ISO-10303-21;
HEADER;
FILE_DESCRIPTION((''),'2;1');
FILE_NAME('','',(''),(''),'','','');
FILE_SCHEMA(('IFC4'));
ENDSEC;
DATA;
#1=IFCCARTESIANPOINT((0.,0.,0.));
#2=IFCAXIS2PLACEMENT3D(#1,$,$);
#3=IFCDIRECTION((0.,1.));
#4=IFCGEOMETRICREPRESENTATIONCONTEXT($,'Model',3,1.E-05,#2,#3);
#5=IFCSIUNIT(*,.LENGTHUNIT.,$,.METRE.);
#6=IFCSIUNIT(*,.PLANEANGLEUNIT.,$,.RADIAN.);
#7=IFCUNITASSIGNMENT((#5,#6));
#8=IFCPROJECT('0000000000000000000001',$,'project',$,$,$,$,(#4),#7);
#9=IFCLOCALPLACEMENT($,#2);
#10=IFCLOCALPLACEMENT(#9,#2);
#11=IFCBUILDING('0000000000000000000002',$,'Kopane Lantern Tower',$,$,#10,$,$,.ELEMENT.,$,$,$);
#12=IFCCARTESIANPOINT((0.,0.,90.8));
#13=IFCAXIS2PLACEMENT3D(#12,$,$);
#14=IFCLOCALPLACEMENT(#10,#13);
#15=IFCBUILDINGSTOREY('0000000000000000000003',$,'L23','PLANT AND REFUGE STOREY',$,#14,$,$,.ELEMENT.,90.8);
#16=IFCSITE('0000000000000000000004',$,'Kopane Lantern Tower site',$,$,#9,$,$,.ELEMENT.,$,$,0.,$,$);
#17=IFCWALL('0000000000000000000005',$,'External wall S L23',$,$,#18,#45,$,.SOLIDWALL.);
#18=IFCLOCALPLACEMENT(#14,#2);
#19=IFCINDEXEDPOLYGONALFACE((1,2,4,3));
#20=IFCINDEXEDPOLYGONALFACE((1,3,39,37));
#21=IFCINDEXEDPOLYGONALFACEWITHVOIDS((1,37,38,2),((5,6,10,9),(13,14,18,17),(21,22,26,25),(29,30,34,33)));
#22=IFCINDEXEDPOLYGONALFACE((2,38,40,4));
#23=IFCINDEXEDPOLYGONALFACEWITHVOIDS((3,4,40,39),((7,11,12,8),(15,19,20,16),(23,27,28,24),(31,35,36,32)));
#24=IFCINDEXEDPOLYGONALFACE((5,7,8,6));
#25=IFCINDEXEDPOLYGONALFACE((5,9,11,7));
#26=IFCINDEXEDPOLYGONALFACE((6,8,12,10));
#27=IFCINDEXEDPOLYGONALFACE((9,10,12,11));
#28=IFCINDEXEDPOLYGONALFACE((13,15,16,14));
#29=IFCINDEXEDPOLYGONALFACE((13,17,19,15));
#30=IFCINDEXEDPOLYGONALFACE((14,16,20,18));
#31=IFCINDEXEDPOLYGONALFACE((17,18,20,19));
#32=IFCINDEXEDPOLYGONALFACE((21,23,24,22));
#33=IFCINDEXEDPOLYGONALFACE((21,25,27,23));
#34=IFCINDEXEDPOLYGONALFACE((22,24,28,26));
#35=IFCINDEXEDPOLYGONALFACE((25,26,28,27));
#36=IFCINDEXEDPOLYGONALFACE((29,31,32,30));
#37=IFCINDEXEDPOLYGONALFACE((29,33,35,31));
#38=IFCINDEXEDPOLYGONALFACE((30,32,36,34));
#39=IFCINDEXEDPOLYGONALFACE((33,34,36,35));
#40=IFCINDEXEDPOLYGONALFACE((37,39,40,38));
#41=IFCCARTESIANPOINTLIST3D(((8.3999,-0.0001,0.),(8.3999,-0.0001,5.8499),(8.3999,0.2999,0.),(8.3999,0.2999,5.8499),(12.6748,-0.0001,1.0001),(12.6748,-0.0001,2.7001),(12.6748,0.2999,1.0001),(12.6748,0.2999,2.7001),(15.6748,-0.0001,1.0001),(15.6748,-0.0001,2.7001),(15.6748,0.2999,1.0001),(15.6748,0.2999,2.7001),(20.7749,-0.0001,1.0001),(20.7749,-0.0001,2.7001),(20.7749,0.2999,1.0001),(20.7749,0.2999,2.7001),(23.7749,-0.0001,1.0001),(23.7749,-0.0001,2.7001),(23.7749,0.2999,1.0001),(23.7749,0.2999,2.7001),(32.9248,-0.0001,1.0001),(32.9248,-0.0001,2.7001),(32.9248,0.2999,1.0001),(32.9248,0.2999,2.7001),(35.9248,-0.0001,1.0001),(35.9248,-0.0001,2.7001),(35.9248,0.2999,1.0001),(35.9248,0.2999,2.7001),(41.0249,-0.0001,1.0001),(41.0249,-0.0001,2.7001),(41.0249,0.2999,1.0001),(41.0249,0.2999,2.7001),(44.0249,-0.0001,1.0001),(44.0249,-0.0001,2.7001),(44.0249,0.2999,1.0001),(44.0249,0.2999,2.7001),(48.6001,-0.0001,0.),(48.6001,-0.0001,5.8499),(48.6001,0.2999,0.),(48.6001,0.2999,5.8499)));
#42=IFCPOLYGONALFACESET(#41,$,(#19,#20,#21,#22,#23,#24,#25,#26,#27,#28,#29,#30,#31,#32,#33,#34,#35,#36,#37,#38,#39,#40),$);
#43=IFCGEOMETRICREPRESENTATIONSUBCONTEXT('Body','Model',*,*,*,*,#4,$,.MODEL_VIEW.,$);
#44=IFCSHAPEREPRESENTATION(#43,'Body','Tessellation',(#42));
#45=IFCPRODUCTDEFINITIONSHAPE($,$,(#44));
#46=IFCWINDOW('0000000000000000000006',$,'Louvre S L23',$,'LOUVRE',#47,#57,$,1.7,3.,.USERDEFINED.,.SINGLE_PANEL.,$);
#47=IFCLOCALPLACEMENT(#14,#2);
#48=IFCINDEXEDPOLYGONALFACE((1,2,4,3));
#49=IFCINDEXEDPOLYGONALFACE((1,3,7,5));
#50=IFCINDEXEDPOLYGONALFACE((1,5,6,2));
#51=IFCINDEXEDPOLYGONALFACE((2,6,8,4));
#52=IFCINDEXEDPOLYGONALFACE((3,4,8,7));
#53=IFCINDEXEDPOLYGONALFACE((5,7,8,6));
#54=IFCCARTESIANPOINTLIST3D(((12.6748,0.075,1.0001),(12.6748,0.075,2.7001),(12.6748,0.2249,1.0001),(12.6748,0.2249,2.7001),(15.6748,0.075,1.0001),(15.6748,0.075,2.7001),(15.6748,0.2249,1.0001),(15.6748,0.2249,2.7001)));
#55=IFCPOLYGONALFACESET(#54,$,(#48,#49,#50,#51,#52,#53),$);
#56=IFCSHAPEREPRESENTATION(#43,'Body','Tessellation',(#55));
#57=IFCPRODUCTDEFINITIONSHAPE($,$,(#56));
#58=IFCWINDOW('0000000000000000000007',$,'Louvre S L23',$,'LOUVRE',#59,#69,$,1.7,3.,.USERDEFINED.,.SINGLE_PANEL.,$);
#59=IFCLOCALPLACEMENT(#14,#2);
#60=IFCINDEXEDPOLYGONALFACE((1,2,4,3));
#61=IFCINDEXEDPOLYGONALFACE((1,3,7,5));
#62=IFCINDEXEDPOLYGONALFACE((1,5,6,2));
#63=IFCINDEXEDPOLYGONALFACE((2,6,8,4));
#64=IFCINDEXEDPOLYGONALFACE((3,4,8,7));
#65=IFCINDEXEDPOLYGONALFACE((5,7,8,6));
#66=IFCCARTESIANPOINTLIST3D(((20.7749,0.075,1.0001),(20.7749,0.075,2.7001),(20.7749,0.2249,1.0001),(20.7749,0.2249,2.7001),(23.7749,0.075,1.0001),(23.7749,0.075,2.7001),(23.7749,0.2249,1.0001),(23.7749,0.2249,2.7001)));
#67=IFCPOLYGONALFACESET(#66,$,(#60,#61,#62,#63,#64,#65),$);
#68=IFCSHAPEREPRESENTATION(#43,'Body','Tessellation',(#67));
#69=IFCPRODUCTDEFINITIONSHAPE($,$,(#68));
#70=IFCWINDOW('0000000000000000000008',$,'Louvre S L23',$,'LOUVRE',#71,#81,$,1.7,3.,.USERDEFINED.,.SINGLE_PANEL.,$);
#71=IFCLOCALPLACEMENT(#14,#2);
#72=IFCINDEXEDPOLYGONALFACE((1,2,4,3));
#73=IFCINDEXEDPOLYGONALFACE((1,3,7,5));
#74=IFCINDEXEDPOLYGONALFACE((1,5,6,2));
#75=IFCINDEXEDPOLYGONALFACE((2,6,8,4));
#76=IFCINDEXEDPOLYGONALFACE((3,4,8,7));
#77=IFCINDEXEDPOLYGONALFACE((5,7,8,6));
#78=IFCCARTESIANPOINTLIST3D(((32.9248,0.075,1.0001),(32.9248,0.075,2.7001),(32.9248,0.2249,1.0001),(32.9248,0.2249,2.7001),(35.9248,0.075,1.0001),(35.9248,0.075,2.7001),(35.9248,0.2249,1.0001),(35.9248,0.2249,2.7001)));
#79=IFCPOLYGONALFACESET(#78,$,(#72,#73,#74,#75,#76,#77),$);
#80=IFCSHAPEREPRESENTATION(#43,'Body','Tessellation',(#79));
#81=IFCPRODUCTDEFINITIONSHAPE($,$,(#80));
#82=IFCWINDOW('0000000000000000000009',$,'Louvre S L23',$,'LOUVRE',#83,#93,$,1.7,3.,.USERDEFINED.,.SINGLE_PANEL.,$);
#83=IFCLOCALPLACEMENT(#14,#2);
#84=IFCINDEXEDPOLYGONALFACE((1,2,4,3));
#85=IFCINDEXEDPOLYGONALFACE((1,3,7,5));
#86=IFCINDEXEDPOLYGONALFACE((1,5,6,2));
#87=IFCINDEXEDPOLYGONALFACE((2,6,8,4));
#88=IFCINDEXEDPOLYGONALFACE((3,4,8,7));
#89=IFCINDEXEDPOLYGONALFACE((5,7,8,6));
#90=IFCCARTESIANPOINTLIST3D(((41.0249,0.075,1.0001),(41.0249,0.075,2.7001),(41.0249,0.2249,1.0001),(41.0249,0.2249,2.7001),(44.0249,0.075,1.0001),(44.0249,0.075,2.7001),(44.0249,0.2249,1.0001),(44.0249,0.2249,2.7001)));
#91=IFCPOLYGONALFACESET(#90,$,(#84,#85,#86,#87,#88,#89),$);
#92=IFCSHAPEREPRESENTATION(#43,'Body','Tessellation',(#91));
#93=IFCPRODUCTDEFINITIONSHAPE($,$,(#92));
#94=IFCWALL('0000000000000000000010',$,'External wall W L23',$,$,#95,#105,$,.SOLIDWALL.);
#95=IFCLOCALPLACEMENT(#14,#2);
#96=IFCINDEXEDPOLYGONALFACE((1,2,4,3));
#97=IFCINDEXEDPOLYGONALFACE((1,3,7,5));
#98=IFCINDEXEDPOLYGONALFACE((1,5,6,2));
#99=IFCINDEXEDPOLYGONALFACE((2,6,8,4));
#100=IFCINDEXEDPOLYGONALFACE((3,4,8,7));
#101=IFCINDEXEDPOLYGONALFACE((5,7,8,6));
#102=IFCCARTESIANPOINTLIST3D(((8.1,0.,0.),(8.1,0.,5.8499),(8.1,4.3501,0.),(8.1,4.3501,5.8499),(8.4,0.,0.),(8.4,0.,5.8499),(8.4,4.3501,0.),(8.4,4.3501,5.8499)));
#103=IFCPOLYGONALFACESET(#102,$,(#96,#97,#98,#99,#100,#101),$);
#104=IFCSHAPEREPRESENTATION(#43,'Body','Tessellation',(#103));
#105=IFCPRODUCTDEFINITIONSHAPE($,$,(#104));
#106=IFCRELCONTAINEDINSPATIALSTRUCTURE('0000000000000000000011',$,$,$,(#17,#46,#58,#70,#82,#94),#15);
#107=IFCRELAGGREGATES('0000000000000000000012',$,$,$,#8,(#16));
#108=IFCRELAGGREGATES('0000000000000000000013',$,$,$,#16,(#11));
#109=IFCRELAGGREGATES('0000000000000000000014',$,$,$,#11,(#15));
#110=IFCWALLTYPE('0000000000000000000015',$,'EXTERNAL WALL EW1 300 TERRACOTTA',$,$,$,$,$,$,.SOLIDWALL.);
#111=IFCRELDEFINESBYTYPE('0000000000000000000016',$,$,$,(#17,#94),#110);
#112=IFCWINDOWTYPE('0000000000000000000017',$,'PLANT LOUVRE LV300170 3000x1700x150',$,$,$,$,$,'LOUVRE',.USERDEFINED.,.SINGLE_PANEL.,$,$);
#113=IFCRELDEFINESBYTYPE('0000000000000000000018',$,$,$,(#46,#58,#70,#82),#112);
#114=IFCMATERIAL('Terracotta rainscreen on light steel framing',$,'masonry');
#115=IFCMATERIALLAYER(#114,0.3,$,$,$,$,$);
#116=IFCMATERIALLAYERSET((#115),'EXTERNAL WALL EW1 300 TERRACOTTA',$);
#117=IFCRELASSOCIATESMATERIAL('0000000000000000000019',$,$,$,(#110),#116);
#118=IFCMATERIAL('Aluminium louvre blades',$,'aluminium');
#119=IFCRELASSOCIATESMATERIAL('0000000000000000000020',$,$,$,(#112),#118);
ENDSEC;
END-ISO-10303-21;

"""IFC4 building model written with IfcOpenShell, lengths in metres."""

from ifc_helpers import new_model, si_unit, direction, frame, frame_2d, origin, place, context, subcontext, project, spatial, rectangle, extrude, material, layer, layer_set, type_object, element, fill, save


model = new_model("IFC4")

# Units and contexts
model_context = context("Model", 3, precision=1e-05, world=origin(), true_north=direction((0.0, 1.0)))
body_context = subcontext(model_context, "Body", "Model", "MODEL_VIEW")
ifc_project = project(units=[si_unit("LENGTHUNIT", "METRE"), si_unit("PLANEANGLEUNIT", "RADIAN")], contexts=[model_context])

# Site, building, storey
site_placement = place(None, origin())
site = spatial("IfcSite", under=ifc_project, at=site_placement, Name="Kopane Lantern Tower site", CompositionType="ELEMENT", RefElevation=0.0)
building_placement = place(site_placement, origin())
building = spatial("IfcBuilding", under=site, at=building_placement, Name="Kopane Lantern Tower", CompositionType="ELEMENT")
storey_placement = place(building_placement, frame((0.0, 0.0, 90.8)))
storey = spatial("IfcBuildingStorey", under=building, at=storey_placement, Name="L23", Description="PLANT AND REFUGE STOREY", CompositionType="ELEMENT", Elevation=90.8)

# Wall, openings, windows
ifc_material_1 = material(Name="Terracotta rainscreen on light steel framing", Category="masonry")
ifc_layer_1 = layer(ifc_material_1, 0.3)
ifc_layer_set_1 = layer_set([ifc_layer_1], Name="EXTERNAL WALL EW1 300 TERRACOTTA")
wall_type_1 = type_object("IfcWallType", Name="EXTERNAL WALL EW1 300 TERRACOTTA", PredefinedType="SOLIDWALL", material=ifc_layer_set_1)
wall_1_placement = place(storey_placement, frame((8.3999, 0.1499, 0.0), z_axis=(0.0, 0.0, 1.0), x_axis=(1.0, 0.0, 0.0)))
wall_1 = element("IfcWall", 1, at=wall_1_placement, inside=storey, type_object=wall_type_1, Name="External wall S L23", PredefinedType="SOLIDWALL", context=body_context, shape_type="SweptSolid", body=[
    extrude(rectangle(XDim=40.2002, YDim=0.3, at=frame_2d((20.1001, 0.0))), origin(), (0.0, 0.0, 1.0), 5.8499),
])
opening_1_placement = place(wall_1_placement, frame((4.2749, 0.0, 1.0)))
opening_1 = element("IfcOpeningElement", 2, at=opening_1_placement, cuts=wall_1, PredefinedType="OPENING", context=body_context, shape_type="SweptSolid", body=[
    extrude(rectangle(XDim=3.0, YDim=1.7, at=frame_2d((1.5, 0.8501))), frame((0.0, 0.1599, 0.0), z_axis=(0.0, -1.0, 0.0), x_axis=(1.0, 0.0, 0.0)), (0.0, 0.0, 1.0), 0.3201),
])
opening_2_placement = place(wall_1_placement, frame((12.375, 0.0, 1.0)))
opening_2 = element("IfcOpeningElement", 3, at=opening_2_placement, cuts=wall_1, PredefinedType="OPENING", context=body_context, shape_type="SweptSolid", body=[
    extrude(rectangle(XDim=3.0, YDim=1.7, at=frame_2d((1.5, 0.8501))), frame((0.0, 0.1599, 0.0), z_axis=(0.0, -1.0, 0.0), x_axis=(1.0, 0.0, 0.0)), (0.0, 0.0, 1.0), 0.3201),
])
opening_3_placement = place(wall_1_placement, frame((24.5249, 0.0, 1.0)))
opening_3 = element("IfcOpeningElement", 4, at=opening_3_placement, cuts=wall_1, PredefinedType="OPENING", context=body_context, shape_type="SweptSolid", body=[
    extrude(rectangle(XDim=3.0, YDim=1.7, at=frame_2d((1.5, 0.8501))), frame((0.0, 0.1599, 0.0), z_axis=(0.0, -1.0, 0.0), x_axis=(1.0, 0.0, 0.0)), (0.0, 0.0, 1.0), 0.3201),
])
opening_4_placement = place(wall_1_placement, frame((32.625, 0.0, 1.0)))
opening_4 = element("IfcOpeningElement", 5, at=opening_4_placement, cuts=wall_1, PredefinedType="OPENING", context=body_context, shape_type="SweptSolid", body=[
    extrude(rectangle(XDim=3.0, YDim=1.7, at=frame_2d((1.5, 0.8501))), frame((0.0, 0.1599, 0.0), z_axis=(0.0, -1.0, 0.0), x_axis=(1.0, 0.0, 0.0)), (0.0, 0.0, 1.0), 0.3201),
])
ifc_material_2 = material(Name="Aluminium louvre blades", Category="aluminium")
window_type = type_object("IfcWindowType", Name="PLANT LOUVRE LV300170 3000x1700x150", ElementType="LOUVRE", PartitioningType="SINGLE_PANEL", PredefinedType="USERDEFINED", material=ifc_material_2)
window_1_placement = place(opening_1_placement, origin())
window_1 = element("IfcWindow", 6, at=window_1_placement, inside=storey, type_object=window_type, Name="Louvre S L23", ObjectType="LOUVRE", OverallHeight=1.7, OverallWidth=3.0, PartitioningType="SINGLE_PANEL", PredefinedType="USERDEFINED", context=body_context, shape_type="SweptSolid", body=[
    extrude(rectangle(XDim=3.0, YDim=1.7, at=frame_2d((1.5, 0.8501))), frame((0.0, 0.075, 0.0), z_axis=(0.0, -1.0, 0.0), x_axis=(1.0, 0.0, 0.0)), (0.0, 0.0, 1.0), 0.1499),
])
fill(opening_1, window_1)
window_2_placement = place(opening_2_placement, origin())
window_2 = element("IfcWindow", 7, at=window_2_placement, inside=storey, type_object=window_type, Name="Louvre S L23", ObjectType="LOUVRE", OverallHeight=1.7, OverallWidth=3.0, PartitioningType="SINGLE_PANEL", PredefinedType="USERDEFINED", context=body_context, shape_type="SweptSolid", body=[
    extrude(rectangle(XDim=3.0, YDim=1.7, at=frame_2d((1.5, 0.8501))), frame((0.0, 0.075, 0.0), z_axis=(0.0, -1.0, 0.0), x_axis=(1.0, 0.0, 0.0)), (0.0, 0.0, 1.0), 0.1499),
])
fill(opening_2, window_2)
window_3_placement = place(opening_3_placement, origin())
window_3 = element("IfcWindow", 8, at=window_3_placement, inside=storey, type_object=window_type, Name="Louvre S L23", ObjectType="LOUVRE", OverallHeight=1.7, OverallWidth=3.0, PartitioningType="SINGLE_PANEL", PredefinedType="USERDEFINED", context=body_context, shape_type="SweptSolid", body=[
    extrude(rectangle(XDim=3.0, YDim=1.7, at=frame_2d((1.5, 0.8501))), frame((0.0, 0.075, 0.0), z_axis=(0.0, -1.0, 0.0), x_axis=(1.0, 0.0, 0.0)), (0.0, 0.0, 1.0), 0.1499),
])
fill(opening_3, window_3)
window_4_placement = place(opening_4_placement, origin())
window_4 = element("IfcWindow", 9, at=window_4_placement, inside=storey, type_object=window_type, Name="Louvre S L23", ObjectType="LOUVRE", OverallHeight=1.7, OverallWidth=3.0, PartitioningType="SINGLE_PANEL", PredefinedType="USERDEFINED", context=body_context, shape_type="SweptSolid", body=[
    extrude(rectangle(XDim=3.0, YDim=1.7, at=frame_2d((1.5, 0.8501))), frame((0.0, 0.075, 0.0), z_axis=(0.0, -1.0, 0.0), x_axis=(1.0, 0.0, 0.0)), (0.0, 0.0, 1.0), 0.1499),
])
fill(opening_4, window_4)

# Wall
wall_2_placement = place(storey_placement, frame((8.25, 4.3501, 0.0), z_axis=(0.0, 0.0, 1.0), x_axis=(0.0, -1.0, 0.0)))
element("IfcWall", 10, at=wall_2_placement, inside=storey, type_object=wall_type_1, Name="External wall W L23", PredefinedType="SOLIDWALL", context=body_context, shape_type="SweptSolid", body=[
    extrude(rectangle(XDim=4.3501, YDim=0.3, at=frame_2d((2.175, 0.0))), origin(), (0.0, 0.0, 1.0), 5.8499),
])

save(model, "model.ifc")
